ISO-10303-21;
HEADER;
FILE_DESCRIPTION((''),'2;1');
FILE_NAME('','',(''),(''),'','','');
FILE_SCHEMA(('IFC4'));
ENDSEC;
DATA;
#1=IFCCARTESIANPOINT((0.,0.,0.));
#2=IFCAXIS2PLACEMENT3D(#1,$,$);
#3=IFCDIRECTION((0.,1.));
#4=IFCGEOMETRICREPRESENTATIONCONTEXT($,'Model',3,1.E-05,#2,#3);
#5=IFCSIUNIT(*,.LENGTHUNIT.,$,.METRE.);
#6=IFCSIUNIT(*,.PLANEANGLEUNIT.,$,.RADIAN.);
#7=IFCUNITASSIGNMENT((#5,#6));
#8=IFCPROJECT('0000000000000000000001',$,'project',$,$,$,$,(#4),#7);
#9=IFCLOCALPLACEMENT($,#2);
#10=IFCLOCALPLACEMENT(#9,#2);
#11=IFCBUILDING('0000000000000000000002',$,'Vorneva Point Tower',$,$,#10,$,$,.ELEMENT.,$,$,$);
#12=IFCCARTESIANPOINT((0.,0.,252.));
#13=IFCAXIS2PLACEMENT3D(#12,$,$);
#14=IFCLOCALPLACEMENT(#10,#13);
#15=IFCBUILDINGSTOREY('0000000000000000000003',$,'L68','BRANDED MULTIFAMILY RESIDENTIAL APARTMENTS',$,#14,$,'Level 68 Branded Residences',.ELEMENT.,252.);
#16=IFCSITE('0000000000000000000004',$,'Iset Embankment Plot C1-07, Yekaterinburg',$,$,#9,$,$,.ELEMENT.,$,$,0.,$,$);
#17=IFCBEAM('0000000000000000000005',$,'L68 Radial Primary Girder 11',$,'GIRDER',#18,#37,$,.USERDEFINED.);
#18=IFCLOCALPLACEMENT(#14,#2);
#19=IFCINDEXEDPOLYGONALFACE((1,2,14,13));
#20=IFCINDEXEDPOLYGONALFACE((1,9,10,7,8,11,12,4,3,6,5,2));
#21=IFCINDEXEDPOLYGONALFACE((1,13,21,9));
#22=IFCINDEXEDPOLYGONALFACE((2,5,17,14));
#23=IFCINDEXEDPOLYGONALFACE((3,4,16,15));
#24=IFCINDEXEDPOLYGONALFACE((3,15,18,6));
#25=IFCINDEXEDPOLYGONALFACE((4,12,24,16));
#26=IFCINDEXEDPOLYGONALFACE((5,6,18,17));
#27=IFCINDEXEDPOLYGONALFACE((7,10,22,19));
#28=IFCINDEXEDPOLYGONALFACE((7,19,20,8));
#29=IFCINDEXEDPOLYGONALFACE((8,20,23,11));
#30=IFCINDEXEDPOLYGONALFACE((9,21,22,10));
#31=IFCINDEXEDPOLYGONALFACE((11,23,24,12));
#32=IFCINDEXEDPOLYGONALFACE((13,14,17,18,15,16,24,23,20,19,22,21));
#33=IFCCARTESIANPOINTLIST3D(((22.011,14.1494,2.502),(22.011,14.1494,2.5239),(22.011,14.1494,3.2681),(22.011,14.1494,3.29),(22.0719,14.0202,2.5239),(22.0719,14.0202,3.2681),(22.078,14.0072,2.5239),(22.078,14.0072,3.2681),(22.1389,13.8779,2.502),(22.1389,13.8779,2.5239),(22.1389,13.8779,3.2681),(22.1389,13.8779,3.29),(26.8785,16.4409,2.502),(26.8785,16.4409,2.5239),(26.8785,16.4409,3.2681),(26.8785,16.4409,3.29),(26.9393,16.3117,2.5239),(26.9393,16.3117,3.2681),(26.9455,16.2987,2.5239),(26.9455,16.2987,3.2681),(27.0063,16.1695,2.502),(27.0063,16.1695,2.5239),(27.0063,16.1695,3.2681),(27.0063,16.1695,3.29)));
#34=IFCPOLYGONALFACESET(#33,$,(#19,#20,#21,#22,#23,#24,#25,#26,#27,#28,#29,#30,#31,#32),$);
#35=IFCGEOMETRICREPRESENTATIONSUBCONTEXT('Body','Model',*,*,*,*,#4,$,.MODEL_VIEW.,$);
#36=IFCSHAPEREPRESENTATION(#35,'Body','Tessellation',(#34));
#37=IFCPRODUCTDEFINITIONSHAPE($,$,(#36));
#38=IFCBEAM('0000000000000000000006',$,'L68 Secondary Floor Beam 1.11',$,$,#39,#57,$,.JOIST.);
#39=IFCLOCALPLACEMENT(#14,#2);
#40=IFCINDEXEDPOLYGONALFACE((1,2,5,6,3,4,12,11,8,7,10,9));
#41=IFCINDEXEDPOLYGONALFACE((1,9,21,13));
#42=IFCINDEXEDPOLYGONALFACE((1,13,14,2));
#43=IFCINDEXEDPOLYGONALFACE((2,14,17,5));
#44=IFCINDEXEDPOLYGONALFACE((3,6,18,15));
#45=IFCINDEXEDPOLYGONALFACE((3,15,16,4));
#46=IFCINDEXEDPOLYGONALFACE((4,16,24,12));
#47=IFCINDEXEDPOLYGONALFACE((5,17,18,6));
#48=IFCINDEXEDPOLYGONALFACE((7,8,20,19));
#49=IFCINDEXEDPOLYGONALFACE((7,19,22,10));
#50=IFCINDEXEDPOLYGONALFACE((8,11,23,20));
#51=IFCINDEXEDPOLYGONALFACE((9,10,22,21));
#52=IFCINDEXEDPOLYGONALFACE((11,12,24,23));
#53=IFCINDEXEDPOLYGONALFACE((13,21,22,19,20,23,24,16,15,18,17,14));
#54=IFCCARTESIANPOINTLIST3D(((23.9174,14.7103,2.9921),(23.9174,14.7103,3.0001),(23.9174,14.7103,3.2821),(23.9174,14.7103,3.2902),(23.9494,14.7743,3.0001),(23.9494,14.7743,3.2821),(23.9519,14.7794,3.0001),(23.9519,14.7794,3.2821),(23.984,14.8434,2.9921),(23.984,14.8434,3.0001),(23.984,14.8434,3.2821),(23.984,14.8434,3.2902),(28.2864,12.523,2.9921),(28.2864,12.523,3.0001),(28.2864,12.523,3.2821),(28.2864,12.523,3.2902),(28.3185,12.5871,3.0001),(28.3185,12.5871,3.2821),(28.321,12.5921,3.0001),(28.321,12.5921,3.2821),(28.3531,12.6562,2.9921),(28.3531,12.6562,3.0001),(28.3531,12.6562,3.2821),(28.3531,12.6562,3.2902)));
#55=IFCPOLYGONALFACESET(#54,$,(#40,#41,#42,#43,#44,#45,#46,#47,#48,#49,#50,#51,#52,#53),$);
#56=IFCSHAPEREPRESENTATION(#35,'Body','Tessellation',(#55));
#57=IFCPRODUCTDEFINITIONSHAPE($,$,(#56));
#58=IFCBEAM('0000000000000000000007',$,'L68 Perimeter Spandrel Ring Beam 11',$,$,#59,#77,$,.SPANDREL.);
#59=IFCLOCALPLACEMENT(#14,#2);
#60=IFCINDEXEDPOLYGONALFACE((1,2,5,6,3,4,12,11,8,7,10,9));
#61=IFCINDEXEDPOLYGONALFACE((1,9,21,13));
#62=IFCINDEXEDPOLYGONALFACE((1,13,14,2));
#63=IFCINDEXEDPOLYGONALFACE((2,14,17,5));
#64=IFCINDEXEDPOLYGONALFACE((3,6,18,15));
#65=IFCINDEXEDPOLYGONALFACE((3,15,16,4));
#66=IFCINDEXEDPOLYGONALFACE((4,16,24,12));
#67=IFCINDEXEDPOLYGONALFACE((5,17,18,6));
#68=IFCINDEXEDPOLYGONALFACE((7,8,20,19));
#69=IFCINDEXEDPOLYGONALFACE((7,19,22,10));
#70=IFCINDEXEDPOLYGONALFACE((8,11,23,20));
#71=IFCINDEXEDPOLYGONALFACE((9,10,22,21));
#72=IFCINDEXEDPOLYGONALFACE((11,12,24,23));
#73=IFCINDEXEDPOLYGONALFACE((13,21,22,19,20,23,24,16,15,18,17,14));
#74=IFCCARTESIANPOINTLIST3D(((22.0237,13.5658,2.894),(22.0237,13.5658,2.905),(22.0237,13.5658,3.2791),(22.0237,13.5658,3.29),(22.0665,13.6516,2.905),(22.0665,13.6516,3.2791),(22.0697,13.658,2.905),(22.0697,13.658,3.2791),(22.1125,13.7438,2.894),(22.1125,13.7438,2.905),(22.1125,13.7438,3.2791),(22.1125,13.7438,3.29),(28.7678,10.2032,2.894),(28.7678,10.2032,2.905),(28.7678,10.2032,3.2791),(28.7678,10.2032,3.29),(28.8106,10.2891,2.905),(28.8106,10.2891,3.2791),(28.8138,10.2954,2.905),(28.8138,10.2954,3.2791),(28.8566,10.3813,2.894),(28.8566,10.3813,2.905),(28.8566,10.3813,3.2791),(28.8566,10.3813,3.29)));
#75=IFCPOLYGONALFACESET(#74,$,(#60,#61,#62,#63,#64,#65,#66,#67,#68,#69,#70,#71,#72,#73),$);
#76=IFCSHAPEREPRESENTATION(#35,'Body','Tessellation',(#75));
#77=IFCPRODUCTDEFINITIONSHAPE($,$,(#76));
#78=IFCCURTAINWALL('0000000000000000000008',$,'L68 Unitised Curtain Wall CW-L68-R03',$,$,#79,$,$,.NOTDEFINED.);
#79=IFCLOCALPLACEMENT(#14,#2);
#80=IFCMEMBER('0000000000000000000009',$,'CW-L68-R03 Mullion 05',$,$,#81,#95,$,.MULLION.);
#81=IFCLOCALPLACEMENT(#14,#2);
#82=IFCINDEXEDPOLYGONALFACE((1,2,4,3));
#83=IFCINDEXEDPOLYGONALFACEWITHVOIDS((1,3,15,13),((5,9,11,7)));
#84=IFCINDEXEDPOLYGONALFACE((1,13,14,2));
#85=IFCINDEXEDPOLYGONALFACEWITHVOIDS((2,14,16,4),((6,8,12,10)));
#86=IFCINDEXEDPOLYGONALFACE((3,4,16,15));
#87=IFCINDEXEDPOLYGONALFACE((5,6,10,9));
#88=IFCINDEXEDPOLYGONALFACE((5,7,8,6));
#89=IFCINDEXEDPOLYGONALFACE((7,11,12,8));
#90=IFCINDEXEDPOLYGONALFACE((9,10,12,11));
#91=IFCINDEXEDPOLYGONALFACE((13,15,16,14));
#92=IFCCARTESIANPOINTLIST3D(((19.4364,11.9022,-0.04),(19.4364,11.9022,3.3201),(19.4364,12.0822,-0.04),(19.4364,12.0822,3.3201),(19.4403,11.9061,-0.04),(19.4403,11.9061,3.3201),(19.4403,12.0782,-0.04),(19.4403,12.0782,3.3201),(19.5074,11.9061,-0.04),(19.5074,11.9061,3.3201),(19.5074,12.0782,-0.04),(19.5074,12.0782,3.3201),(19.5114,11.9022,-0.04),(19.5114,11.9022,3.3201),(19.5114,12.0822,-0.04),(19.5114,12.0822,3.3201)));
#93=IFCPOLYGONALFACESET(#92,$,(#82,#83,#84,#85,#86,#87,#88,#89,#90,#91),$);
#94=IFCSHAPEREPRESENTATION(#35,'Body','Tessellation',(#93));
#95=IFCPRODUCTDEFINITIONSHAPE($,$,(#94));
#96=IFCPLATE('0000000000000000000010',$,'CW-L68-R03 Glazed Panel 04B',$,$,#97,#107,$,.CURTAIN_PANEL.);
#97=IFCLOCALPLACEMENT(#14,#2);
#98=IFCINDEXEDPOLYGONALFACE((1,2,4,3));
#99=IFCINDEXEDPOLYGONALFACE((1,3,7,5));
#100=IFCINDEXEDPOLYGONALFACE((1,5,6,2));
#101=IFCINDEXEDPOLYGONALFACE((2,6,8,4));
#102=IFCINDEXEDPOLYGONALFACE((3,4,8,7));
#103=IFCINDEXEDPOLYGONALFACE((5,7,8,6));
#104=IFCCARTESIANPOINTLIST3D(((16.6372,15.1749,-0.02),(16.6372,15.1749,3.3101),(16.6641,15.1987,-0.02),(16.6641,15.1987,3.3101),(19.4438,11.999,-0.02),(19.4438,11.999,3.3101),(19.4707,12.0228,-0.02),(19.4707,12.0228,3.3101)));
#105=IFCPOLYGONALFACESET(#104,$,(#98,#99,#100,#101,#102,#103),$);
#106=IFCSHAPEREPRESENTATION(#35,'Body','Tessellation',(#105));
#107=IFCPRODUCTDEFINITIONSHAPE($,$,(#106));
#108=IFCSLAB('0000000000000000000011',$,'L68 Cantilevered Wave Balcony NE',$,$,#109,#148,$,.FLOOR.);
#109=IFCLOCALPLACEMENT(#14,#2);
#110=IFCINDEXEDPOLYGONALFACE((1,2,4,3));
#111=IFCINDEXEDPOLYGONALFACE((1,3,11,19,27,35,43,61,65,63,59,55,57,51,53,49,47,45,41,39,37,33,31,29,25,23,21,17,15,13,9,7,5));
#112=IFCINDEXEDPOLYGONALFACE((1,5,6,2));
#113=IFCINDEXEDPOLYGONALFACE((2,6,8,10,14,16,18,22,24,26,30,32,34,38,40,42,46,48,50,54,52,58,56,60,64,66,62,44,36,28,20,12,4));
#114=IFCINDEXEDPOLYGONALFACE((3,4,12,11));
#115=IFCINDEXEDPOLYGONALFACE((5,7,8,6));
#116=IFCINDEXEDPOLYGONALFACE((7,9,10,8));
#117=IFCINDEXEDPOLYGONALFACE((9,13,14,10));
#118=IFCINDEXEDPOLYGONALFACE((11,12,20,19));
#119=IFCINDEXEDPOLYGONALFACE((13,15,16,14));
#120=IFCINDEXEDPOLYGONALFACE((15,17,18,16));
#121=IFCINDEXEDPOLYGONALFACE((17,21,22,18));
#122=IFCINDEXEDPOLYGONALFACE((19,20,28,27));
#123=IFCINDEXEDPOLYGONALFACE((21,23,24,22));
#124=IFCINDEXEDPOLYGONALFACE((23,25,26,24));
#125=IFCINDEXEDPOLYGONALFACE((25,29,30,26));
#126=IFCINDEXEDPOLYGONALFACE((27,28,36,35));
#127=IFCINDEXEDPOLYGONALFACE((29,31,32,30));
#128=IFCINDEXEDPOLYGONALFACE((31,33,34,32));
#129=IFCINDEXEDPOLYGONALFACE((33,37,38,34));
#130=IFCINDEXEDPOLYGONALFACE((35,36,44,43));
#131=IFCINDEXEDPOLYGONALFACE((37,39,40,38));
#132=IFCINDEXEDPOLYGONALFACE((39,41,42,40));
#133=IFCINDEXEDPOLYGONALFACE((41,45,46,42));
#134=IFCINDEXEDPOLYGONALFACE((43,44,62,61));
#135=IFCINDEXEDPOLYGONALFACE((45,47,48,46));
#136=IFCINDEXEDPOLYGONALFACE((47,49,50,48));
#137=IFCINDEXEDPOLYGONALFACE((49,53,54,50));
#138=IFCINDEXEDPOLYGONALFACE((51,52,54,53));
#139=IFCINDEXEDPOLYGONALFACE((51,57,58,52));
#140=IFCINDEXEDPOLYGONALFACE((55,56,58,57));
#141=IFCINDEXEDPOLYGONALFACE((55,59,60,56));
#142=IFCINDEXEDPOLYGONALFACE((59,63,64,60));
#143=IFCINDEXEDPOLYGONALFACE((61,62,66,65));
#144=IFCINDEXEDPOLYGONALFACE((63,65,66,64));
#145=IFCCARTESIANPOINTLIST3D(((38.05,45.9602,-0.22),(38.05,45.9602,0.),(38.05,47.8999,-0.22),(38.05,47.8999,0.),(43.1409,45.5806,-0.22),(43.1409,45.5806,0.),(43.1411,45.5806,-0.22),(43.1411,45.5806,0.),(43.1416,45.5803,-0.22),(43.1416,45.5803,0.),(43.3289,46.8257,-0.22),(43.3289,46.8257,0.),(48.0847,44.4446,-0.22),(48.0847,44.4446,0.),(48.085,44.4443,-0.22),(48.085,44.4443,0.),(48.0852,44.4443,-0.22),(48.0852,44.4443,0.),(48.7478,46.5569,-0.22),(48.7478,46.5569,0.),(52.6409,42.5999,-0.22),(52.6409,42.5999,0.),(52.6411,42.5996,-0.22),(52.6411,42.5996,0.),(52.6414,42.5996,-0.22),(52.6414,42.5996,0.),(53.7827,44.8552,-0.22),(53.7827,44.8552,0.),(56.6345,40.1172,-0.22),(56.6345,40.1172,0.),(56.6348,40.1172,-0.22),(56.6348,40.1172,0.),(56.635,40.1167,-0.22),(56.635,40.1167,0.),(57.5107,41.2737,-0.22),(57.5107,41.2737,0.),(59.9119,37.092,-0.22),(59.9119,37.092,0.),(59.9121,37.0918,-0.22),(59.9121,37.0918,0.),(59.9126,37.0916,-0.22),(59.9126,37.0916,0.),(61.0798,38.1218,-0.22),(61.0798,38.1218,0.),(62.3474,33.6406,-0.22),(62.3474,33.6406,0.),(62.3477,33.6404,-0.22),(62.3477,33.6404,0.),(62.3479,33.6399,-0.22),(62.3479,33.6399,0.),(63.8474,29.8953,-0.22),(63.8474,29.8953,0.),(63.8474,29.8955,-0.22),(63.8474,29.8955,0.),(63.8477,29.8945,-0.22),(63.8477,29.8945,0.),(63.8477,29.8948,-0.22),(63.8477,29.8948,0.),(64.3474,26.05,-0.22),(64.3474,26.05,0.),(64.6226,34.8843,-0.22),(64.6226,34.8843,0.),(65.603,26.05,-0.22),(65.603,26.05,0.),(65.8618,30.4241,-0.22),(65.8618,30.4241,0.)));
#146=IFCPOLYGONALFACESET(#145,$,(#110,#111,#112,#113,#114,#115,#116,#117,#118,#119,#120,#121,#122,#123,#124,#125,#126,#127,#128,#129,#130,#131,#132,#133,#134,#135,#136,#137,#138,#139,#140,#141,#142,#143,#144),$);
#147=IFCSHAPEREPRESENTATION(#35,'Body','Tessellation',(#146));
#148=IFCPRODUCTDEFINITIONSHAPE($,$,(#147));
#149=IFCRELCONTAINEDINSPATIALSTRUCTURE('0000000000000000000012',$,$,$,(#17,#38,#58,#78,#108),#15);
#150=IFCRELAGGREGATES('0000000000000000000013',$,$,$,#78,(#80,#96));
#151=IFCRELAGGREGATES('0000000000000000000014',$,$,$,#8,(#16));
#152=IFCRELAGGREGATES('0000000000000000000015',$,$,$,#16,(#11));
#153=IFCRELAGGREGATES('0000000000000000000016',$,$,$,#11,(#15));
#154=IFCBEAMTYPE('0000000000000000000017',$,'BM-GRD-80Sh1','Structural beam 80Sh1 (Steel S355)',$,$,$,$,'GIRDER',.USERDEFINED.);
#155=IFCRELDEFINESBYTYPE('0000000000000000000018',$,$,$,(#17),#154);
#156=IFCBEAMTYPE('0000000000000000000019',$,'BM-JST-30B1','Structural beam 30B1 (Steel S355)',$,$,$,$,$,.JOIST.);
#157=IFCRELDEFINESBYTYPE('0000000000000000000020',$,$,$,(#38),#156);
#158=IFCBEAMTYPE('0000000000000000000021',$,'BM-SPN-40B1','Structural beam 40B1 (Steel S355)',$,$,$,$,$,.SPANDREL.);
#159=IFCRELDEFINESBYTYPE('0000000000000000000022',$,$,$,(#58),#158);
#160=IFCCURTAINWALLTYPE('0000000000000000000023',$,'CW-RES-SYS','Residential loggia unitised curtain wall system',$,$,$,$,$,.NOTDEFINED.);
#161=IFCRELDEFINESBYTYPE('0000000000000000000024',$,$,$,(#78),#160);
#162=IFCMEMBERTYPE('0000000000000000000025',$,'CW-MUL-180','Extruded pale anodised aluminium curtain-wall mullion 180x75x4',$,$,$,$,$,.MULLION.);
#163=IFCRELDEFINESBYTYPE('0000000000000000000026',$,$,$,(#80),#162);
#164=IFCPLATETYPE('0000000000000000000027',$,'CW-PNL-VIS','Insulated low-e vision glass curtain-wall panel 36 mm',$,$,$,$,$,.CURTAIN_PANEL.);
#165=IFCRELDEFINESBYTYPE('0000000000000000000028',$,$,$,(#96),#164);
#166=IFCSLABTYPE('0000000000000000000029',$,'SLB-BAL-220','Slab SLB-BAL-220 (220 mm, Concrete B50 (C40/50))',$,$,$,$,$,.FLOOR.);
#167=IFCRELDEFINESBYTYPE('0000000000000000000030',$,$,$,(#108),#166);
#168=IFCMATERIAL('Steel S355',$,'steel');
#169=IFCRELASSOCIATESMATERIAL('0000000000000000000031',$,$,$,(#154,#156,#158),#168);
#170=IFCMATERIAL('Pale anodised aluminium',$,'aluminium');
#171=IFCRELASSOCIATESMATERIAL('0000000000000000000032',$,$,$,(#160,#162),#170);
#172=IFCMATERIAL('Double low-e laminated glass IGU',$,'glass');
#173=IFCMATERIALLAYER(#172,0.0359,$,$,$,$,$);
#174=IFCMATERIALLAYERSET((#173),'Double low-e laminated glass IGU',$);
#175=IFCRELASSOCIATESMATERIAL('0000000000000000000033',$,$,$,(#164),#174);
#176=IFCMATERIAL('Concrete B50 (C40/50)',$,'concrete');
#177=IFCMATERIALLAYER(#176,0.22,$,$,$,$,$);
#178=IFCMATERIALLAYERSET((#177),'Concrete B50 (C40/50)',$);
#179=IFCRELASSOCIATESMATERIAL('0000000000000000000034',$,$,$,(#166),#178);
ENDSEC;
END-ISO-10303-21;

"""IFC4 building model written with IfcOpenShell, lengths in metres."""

from ifc_helpers import new_model, si_unit, direction, frame, origin, origin_2d, place, context, subcontext, project, spatial, polyline, rectangle, hollow_rectangle, i_section, outline, extrude, material, layer, layer_set, material_profile, profile_set, type_object, element, aggregate, save


model = new_model("IFC4")

# Units and contexts
model_context = context("Model", 3, precision=1e-05, world=origin(), true_north=direction((0.0, 1.0)))
body_context = subcontext(model_context, "Body", "Model", "MODEL_VIEW")
ifc_project = project(units=[si_unit("LENGTHUNIT", "METRE"), si_unit("PLANEANGLEUNIT", "RADIAN")], contexts=[model_context])

# Site, building, storey
site_placement = place(None, origin())
site = spatial("IfcSite", under=ifc_project, at=site_placement, Name="Iset Embankment Plot C1-07, Yekaterinburg", CompositionType="ELEMENT", RefElevation=0.0)
building_placement = place(site_placement, origin())
building = spatial("IfcBuilding", under=site, at=building_placement, Name="Vorneva Point Tower", CompositionType="ELEMENT")
storey_placement = place(building_placement, frame((0.0, 0.0, 252.0)))
storey = spatial("IfcBuildingStorey", under=building, at=storey_placement, Name="L68", Description="BRANDED MULTIFAMILY RESIDENTIAL APARTMENTS", LongName="Level 68 Branded Residences", CompositionType="ELEMENT", Elevation=252.0)

# Shared definitions
ifc_material_1 = material(Name="Concrete B50 (C40/50)", Category="concrete")

# Beams
ifc_material_2 = material(Name="Steel S355", Category="steel")
ifc_material_profile_1 = material_profile(ifc_material_2, i_section(OverallWidth=0.3, OverallDepth=0.7881, WebThickness=0.0144, FlangeThickness=0.022, at=origin_2d()), Name="80Sh1")
ifc_profile_set_1 = profile_set([ifc_material_profile_1], Name="Steel S355")
beam_type_1 = type_object("IfcBeamType", Name="BM-GRD-80Sh1", Description="Structural beam 80Sh1 (Steel S355)", ElementType="GIRDER", PredefinedType="USERDEFINED", material=ifc_profile_set_1)
beam_1_placement = place(storey_placement, frame((22.075, 14.0137, 2.896), z_axis=(0.904751, 0.425941, 0.0), x_axis=(-0.425941, 0.904751, 0.0)))
element("IfcBeam", 1, at=beam_1_placement, inside=storey, type_object=beam_type_1, Name="L68 Radial Primary Girder 11", ObjectType="GIRDER", PredefinedType="USERDEFINED", context=body_context, shape_type="SweptSolid", body=[
    extrude(i_section(OverallWidth=0.3, OverallDepth=0.7881, WebThickness=0.0144, FlangeThickness=0.022, at=origin_2d()), origin(), (0.0, 0.0, 1.0), 5.3799),
])
ifc_material_profile_2 = material_profile(ifc_material_2, i_section(OverallWidth=0.1489, OverallDepth=0.2981, WebThickness=0.0056, FlangeThickness=0.0081, at=origin_2d()), Name="30B1")
ifc_profile_set_2 = profile_set([ifc_material_profile_2], Name="Steel S355")
beam_type_2 = type_object("IfcBeamType", Name="BM-JST-30B1", Description="Structural beam 30B1 (Steel S355)", PredefinedType="JOIST", material=ifc_profile_set_2)
beam_2_placement = place(storey_placement, frame((23.9507, 14.7769, 3.1411), z_axis=(0.894207, -0.447653, 0.0), x_axis=(0.447653, 0.894207, 0.0)))
element("IfcBeam", 2, at=beam_2_placement, inside=storey, type_object=beam_type_2, Name="L68 Secondary Floor Beam 1.11", PredefinedType="JOIST", context=body_context, shape_type="SweptSolid", body=[
    extrude(i_section(OverallWidth=0.1489, OverallDepth=0.2981, WebThickness=0.0056, FlangeThickness=0.0081, at=origin_2d()), origin(), (0.0, 0.0, 1.0), 4.886),
])
ifc_material_profile_3 = material_profile(ifc_material_2, i_section(OverallWidth=0.199, OverallDepth=0.396, WebThickness=0.0071, FlangeThickness=0.011, at=origin_2d()), Name="40B1")
ifc_profile_set_3 = profile_set([ifc_material_profile_3], Name="Steel S355")
beam_type_3 = type_object("IfcBeamType", Name="BM-SPN-40B1", Description="Structural beam 40B1 (Steel S355)", PredefinedType="SPANDREL", material=ifc_profile_set_3)
beam_3_placement = place(storey_placement, frame((22.0681, 13.6548, 3.092), z_axis=(0.894932, -0.446203, 0.0), x_axis=(0.446203, 0.894932, 0.0)))
element("IfcBeam", 3, at=beam_3_placement, inside=storey, type_object=beam_type_3, Name="L68 Perimeter Spandrel Ring Beam 11", PredefinedType="SPANDREL", context=body_context, shape_type="SweptSolid", body=[
    extrude(i_section(OverallWidth=0.199, OverallDepth=0.396, WebThickness=0.0071, FlangeThickness=0.011, at=origin_2d()), origin(), (0.0, 0.0, 1.0), 7.5359),
])

# Curtain wall, member, plate
ifc_material_3 = material(Name="Pale anodised aluminium", Category="aluminium")
curtain_wall_type = type_object("IfcCurtainWallType", Name="CW-RES-SYS", Description="Residential loggia unitised curtain wall system", PredefinedType="NOTDEFINED", material=ifc_material_3)
curtain_wall_placement = place(storey_placement, origin())
curtain_wall = element("IfcCurtainWall", 4, at=curtain_wall_placement, inside=storey, type_object=curtain_wall_type, Name="L68 Unitised Curtain Wall CW-L68-R03", PredefinedType="NOTDEFINED")
ifc_material_profile_4 = material_profile(ifc_material_3, hollow_rectangle(XDim=0.075, YDim=0.1799, WallThickness=0.0039, at=origin_2d()), Name="AL-MUL 180x75x4")
ifc_profile_set_4 = profile_set([ifc_material_profile_4], Name="Pale anodised aluminium")
member_type = type_object("IfcMemberType", Name="CW-MUL-180", Description="Extruded pale anodised aluminium curtain-wall mullion 180x75x4", PredefinedType="MULLION", material=ifc_profile_set_4)
member_placement = place(storey_placement, frame((19.4739, 11.9922, -0.04), z_axis=(0.0, 0.0, 1.0), x_axis=(1.0, 0.0, 0.0)))
member = element("IfcMember", 5, at=member_placement, type_object=member_type, Name="CW-L68-R03 Mullion 05", PredefinedType="MULLION", context=body_context, shape_type="SweptSolid", body=[
    extrude(hollow_rectangle(XDim=0.075, YDim=0.1799, WallThickness=0.0039, at=origin_2d()), origin(), (0.0, 0.0, 1.0), 3.3601),
])
ifc_material_4 = material(Name="Double low-e laminated glass IGU", Category="glass")
ifc_layer_1 = layer(ifc_material_4, 0.0359)
ifc_layer_set_1 = layer_set([ifc_layer_1], Name="Double low-e laminated glass IGU")
plate_type = type_object("IfcPlateType", Name="CW-PNL-VIS", Description="Insulated low-e vision glass curtain-wall panel 36 mm", PredefinedType="CURTAIN_PANEL", material=ifc_layer_set_1)
plate_placement = place(storey_placement, frame((18.054, 13.5989, -0.02), z_axis=(0.0, 0.0, 1.0), x_axis=(0.662189, -0.749337, 0.0)))
plate = element("IfcPlate", 6, at=plate_placement, type_object=plate_type, Name="CW-L68-R03 Glazed Panel 04B", PredefinedType="CURTAIN_PANEL", context=body_context, shape_type="SweptSolid", body=[
    extrude(rectangle(XDim=4.2383, YDim=0.0359, at=origin_2d()), origin(), (0.0, 0.0, 1.0), 3.3301),
])
aggregate(curtain_wall, [member, plate])

# Slab
ifc_layer_2 = layer(ifc_material_1, 0.22)
ifc_layer_set_2 = layer_set([ifc_layer_2], Name="Concrete B50 (C40/50)")
slab_type_1 = type_object("IfcSlabType", Name="SLB-BAL-220", Description="Slab SLB-BAL-220 (220 mm, Concrete B50 (C40/50))", PredefinedType="FLOOR", material=ifc_layer_set_2)
slab_1_placement = place(storey_placement, frame((0.0, 0.0, -0.22)))
element("IfcSlab", 7, at=slab_1_placement, inside=storey, type_object=slab_type_1, Name="L68 Cantilevered Wave Balcony NE", PredefinedType="FLOOR", context=body_context, shape_type="SweptSolid", body=[
    extrude(outline(polyline([(38.05, 47.8999), (38.05, 45.9602), (43.1409, 45.5806), (43.1411, 45.5806), (43.1416, 45.5803), (48.0847, 44.4446), (48.085, 44.4443), (48.0852, 44.4443), (52.6409, 42.5999), (52.6411, 42.5996), (52.6414, 42.5996), (56.6345, 40.1172), (56.6348, 40.1172), (56.635, 40.1167), (59.9119, 37.092), (59.9121, 37.0918), (59.9126, 37.0916), (62.3474, 33.6406), (62.3477, 33.6404), (62.3479, 33.6399), (63.8474, 29.8955), (63.8474, 29.8953), (63.8477, 29.8948), (63.8477, 29.8945), (64.3474, 26.05), (65.603, 26.05), (65.8618, 30.4241), (64.6226, 34.8843), (61.0798, 38.1218), (57.5107, 41.2737), (53.7827, 44.8552), (48.7478, 46.5569), (43.3289, 46.8257), (38.05, 47.8999)])), origin(), (0.0, 0.0, 1.0), 0.22),
])

save(model, "model.ifc")
